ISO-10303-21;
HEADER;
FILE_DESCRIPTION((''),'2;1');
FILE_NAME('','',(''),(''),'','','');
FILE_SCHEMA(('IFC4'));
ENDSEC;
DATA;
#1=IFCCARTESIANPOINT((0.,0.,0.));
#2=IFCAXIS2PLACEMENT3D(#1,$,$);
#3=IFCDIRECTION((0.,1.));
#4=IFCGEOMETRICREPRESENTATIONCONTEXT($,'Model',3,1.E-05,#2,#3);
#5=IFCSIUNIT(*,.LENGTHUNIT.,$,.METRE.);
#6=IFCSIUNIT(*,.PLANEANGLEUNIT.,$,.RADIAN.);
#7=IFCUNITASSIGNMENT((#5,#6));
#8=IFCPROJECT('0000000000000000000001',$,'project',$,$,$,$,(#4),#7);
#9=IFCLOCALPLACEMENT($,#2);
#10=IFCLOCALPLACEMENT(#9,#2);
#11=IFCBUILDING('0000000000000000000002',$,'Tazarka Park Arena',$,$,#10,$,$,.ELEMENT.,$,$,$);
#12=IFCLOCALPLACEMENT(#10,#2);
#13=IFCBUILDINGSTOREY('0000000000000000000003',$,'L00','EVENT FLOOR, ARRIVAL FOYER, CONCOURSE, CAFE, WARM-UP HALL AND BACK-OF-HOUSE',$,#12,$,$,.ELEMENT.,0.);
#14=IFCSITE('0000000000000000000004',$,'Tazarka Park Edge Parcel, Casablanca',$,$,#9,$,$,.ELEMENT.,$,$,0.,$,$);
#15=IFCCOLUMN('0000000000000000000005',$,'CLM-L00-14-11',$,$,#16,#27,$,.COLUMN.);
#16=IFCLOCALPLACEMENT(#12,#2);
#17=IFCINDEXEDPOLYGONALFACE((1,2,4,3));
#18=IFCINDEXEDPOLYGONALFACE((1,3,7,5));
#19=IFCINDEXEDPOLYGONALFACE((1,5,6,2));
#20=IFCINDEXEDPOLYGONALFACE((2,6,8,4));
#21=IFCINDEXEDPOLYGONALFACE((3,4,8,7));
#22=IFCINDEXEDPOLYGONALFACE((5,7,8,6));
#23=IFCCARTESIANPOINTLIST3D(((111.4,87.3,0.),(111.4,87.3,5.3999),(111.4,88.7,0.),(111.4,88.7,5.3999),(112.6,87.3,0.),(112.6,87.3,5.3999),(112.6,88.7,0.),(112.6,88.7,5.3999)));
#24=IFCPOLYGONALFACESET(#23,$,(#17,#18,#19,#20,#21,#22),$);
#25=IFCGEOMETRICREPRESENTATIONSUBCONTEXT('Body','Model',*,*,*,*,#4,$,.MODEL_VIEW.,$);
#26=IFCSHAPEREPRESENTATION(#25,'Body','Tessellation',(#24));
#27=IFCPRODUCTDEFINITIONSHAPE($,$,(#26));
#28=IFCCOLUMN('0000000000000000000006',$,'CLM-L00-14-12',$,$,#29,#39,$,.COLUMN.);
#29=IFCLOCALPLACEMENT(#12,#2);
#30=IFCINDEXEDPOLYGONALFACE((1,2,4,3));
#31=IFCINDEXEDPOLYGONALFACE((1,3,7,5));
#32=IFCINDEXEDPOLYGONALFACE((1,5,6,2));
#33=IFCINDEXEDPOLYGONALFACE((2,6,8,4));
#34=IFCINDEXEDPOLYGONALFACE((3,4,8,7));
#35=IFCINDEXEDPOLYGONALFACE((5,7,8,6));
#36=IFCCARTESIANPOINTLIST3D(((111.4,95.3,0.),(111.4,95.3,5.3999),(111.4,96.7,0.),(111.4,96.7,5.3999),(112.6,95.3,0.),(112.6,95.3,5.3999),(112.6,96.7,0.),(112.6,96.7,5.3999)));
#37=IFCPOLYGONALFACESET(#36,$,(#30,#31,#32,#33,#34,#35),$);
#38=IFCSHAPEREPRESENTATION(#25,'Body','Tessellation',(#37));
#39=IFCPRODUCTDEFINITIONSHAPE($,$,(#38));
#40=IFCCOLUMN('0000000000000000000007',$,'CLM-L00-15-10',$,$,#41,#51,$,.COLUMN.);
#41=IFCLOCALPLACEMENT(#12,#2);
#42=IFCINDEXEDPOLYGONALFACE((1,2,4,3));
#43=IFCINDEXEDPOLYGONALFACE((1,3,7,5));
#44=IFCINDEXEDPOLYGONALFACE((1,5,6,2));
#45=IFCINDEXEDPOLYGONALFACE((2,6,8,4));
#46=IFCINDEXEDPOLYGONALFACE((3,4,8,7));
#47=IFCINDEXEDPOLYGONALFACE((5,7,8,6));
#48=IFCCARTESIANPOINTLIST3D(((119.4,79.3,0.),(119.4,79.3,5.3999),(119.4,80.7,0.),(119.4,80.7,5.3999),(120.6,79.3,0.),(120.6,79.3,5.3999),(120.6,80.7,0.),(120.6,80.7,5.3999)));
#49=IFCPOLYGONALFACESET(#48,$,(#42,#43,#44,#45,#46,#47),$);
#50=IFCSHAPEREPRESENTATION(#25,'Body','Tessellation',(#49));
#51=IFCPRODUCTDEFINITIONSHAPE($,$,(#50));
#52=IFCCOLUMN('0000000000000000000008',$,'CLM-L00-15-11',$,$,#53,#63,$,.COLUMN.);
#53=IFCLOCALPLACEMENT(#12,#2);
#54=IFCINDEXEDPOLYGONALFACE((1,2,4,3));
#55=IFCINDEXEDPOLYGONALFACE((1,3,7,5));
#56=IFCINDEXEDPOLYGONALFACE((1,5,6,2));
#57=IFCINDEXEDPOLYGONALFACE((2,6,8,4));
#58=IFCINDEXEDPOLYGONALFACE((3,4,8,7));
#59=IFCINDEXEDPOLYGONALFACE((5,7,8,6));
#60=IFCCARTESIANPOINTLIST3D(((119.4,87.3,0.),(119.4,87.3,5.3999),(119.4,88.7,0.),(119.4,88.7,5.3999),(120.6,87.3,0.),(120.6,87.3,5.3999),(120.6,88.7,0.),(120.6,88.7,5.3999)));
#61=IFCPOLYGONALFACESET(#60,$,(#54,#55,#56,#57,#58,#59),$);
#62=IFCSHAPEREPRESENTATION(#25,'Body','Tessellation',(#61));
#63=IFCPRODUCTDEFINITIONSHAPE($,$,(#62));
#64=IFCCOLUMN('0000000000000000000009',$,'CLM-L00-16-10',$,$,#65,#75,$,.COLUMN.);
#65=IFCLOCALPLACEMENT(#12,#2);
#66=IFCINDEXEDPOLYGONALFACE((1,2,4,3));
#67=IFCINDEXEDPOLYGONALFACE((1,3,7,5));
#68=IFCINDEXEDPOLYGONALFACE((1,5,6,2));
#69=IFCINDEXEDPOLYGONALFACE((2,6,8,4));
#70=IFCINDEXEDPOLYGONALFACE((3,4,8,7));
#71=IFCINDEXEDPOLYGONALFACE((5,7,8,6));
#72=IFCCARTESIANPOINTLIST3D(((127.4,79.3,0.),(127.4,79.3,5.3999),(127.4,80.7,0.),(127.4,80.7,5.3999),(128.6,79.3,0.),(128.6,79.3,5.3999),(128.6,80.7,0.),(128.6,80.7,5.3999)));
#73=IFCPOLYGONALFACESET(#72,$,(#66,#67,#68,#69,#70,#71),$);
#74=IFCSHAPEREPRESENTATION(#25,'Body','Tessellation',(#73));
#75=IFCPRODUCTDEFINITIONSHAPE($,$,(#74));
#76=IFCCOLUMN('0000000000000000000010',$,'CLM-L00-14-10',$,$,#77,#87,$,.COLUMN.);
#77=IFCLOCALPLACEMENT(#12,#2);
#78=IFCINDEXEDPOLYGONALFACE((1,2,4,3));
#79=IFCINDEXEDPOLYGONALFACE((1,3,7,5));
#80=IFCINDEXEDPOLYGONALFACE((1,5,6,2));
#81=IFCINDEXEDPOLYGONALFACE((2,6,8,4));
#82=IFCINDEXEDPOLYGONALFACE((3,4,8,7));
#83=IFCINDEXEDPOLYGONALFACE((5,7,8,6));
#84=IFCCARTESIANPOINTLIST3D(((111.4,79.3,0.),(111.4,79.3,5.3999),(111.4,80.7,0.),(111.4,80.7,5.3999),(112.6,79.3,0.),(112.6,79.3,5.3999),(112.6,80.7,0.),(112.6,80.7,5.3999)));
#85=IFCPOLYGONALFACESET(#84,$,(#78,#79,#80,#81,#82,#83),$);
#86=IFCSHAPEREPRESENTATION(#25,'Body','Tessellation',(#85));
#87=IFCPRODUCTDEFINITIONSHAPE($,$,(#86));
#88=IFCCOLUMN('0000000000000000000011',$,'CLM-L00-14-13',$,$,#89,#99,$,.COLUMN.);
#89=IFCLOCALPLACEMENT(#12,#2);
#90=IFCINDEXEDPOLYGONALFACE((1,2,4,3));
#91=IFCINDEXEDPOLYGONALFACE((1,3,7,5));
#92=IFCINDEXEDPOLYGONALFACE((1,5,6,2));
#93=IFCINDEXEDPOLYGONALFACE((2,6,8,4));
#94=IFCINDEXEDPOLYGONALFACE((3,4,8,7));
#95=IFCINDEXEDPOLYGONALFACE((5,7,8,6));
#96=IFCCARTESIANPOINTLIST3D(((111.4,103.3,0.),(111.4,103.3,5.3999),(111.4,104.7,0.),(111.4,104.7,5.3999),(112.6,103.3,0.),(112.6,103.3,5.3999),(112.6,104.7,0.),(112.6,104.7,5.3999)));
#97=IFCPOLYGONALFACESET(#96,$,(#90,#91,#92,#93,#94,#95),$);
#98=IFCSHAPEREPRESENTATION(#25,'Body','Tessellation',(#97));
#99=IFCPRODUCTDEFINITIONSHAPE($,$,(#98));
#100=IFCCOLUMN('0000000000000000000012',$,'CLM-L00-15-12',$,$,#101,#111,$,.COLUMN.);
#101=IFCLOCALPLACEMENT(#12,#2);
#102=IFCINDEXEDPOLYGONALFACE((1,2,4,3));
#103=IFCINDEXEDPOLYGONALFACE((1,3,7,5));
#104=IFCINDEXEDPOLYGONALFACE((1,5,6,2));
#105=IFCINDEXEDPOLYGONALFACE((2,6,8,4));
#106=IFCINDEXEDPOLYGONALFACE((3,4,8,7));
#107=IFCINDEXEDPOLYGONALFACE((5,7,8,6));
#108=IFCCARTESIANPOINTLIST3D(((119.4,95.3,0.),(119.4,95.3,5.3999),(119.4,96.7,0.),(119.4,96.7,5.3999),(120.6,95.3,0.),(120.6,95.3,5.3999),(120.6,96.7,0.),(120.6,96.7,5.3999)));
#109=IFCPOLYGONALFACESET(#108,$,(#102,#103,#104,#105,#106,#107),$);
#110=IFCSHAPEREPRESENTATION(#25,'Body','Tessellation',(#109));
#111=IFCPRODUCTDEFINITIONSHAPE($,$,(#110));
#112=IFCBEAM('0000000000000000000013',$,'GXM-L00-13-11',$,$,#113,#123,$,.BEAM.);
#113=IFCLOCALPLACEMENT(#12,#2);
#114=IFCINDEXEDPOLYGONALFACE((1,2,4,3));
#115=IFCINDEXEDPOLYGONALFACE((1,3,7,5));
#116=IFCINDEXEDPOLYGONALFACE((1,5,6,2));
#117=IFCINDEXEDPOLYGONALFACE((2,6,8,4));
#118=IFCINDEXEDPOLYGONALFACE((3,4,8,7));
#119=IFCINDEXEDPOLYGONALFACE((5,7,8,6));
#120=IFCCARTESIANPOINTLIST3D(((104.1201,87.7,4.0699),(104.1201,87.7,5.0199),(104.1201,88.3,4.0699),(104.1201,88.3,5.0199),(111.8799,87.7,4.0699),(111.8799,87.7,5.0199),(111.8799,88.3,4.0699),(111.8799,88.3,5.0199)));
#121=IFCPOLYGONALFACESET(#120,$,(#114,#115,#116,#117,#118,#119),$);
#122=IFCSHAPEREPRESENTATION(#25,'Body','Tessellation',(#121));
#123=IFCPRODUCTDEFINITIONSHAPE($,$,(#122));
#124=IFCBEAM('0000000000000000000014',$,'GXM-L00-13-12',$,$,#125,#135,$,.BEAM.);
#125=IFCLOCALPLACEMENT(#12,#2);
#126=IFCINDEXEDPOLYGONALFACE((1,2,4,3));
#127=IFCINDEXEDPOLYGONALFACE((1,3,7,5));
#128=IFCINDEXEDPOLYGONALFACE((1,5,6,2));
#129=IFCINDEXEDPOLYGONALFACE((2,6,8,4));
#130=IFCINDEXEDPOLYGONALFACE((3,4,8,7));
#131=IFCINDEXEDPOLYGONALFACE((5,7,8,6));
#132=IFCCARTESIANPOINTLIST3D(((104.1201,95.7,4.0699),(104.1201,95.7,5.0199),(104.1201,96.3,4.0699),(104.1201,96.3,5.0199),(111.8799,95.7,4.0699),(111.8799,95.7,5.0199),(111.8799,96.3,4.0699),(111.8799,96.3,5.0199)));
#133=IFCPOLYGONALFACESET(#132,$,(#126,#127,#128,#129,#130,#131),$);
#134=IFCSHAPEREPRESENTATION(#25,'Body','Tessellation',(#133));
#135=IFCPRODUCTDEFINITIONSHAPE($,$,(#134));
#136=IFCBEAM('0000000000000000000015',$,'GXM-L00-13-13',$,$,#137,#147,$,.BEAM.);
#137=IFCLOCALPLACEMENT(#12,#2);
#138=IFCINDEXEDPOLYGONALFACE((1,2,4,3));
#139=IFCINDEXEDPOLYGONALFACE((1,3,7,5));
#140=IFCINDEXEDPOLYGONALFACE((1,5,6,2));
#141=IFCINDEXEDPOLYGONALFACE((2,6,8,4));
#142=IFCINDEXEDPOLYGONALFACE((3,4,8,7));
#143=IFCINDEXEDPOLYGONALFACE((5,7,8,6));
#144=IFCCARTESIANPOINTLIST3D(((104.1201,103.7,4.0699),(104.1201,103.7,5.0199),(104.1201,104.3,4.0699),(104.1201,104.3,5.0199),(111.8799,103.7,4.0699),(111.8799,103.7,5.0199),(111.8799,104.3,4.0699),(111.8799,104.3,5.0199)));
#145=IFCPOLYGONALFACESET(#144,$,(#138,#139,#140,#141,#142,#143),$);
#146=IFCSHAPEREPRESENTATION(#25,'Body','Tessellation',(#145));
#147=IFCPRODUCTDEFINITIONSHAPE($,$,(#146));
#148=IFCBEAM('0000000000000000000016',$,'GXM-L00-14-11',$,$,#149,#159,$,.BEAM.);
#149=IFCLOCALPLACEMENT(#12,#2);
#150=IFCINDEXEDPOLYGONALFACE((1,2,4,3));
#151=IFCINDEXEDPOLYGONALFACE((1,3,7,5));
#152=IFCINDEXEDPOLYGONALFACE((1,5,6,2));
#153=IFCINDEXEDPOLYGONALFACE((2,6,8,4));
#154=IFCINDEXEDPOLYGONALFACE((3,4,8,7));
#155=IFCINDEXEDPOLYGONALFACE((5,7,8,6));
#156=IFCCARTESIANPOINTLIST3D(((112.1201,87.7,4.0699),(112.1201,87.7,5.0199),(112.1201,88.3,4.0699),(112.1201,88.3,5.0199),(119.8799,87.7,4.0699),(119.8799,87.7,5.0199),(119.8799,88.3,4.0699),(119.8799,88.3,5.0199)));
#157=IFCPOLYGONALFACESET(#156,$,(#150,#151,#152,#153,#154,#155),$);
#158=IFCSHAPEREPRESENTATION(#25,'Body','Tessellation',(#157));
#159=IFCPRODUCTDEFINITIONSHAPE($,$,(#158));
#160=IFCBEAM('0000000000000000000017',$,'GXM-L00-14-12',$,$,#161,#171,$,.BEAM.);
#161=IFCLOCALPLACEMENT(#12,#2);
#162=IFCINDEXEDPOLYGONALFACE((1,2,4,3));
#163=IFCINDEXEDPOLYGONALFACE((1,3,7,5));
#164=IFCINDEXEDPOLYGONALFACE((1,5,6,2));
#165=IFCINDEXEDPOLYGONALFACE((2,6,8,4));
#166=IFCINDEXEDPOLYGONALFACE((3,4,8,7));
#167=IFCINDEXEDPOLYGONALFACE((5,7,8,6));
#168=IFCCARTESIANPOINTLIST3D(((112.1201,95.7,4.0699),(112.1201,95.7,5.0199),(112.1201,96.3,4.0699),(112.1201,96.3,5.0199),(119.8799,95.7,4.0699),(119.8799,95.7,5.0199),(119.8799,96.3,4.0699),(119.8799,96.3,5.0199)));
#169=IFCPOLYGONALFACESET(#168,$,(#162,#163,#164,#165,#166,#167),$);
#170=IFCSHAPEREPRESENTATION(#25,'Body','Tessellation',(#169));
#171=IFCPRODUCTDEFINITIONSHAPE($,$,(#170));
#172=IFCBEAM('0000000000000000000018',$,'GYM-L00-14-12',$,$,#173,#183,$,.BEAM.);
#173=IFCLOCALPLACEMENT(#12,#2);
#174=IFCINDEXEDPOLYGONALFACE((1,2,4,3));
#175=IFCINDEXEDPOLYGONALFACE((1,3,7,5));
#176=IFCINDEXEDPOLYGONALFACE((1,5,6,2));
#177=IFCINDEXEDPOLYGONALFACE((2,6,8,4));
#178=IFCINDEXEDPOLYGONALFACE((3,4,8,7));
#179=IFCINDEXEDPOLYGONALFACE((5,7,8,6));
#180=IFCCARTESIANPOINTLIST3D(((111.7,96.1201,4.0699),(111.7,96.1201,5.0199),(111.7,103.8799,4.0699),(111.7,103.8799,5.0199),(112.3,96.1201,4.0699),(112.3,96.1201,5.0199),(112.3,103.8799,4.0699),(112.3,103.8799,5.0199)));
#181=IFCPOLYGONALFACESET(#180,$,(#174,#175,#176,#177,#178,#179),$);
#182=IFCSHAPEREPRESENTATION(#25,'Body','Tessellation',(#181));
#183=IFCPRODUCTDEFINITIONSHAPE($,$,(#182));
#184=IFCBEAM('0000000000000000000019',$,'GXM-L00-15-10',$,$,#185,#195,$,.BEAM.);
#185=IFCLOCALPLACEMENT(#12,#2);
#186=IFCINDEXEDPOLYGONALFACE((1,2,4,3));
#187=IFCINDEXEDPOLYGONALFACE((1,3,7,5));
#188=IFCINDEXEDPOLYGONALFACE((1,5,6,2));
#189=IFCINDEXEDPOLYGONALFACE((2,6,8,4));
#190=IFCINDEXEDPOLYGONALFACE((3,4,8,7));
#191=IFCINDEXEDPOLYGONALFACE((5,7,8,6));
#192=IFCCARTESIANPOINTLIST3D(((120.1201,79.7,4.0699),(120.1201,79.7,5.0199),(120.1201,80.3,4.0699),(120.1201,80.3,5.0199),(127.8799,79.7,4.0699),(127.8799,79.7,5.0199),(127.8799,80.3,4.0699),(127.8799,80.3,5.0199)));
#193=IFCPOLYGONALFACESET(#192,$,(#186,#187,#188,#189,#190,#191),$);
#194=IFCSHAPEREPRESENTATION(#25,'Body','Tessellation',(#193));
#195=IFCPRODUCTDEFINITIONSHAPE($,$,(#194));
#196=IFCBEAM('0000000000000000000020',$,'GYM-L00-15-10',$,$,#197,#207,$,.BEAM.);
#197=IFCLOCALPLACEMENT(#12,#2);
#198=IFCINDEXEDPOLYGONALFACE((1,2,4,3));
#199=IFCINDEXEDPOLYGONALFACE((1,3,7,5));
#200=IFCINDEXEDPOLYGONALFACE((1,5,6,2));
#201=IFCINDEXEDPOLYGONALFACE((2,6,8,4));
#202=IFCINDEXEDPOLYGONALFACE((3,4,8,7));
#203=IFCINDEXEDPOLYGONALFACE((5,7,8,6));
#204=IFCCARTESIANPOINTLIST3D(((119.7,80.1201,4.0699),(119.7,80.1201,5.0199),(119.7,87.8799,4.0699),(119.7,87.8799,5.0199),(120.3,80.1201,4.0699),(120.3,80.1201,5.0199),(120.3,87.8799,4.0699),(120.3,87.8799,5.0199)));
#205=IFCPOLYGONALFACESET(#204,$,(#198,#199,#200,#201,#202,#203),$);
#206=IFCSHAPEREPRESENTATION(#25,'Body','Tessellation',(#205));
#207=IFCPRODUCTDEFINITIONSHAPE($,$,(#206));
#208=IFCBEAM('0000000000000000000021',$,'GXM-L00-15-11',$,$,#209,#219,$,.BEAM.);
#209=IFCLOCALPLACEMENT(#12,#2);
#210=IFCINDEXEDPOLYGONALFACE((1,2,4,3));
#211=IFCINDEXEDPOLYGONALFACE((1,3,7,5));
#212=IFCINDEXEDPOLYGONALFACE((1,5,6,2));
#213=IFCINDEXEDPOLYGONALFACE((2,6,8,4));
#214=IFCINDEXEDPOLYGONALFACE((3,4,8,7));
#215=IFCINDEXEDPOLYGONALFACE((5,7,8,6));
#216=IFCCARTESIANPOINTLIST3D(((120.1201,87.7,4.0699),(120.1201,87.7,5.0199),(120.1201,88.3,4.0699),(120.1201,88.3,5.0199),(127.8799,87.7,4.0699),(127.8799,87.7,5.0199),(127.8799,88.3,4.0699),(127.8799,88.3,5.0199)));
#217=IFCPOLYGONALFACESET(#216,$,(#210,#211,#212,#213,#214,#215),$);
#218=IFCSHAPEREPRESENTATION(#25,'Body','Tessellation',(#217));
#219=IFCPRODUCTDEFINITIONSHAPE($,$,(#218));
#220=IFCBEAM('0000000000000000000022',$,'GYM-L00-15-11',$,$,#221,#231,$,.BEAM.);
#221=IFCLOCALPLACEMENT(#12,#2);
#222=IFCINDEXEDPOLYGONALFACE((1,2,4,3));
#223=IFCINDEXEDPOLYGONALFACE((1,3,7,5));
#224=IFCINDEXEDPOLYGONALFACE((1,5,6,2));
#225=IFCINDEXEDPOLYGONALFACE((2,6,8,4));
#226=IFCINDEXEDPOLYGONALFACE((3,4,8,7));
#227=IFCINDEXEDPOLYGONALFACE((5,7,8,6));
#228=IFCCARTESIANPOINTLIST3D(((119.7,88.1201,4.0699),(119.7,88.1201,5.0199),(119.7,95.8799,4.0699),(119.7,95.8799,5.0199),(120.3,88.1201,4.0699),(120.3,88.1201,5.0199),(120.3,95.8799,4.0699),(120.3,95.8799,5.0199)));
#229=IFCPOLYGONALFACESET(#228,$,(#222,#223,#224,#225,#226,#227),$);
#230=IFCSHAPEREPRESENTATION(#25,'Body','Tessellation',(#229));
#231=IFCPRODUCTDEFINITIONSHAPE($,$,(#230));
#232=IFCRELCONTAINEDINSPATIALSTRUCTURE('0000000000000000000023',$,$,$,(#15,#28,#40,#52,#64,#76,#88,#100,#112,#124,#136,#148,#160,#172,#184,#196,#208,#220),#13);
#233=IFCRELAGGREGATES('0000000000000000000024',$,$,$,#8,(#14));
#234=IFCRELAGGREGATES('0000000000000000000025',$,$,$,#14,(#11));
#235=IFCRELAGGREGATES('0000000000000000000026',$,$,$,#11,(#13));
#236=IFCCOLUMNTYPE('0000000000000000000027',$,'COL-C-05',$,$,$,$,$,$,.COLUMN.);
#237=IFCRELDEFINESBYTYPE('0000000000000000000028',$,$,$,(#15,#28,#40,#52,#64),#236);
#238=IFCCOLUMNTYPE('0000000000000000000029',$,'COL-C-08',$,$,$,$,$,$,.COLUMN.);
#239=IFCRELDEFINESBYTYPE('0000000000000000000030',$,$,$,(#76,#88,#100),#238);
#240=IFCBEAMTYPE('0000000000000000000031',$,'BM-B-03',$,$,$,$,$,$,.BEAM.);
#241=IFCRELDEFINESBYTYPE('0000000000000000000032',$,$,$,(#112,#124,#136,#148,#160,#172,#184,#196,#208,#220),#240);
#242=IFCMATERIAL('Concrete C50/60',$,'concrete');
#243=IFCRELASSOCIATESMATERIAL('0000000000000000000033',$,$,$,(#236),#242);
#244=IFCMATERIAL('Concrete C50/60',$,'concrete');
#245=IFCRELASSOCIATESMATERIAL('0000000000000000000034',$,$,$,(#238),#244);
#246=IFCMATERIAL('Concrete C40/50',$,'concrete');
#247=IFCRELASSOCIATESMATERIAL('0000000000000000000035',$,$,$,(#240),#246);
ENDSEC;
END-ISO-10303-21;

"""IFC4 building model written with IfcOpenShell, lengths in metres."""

from ifc_helpers import new_model, si_unit, direction, frame, origin, origin_2d, place, context, subcontext, project, spatial, rectangle, extrude, material, material_profile, profile_set, type_object, element, save


model = new_model("IFC4")

# Units and contexts
model_context = context("Model", 3, precision=1e-05, world=origin(), true_north=direction((0.0, 1.0)))
body_context = subcontext(model_context, "Body", "Model", "MODEL_VIEW")
ifc_project = project(units=[si_unit("LENGTHUNIT", "METRE"), si_unit("PLANEANGLEUNIT", "RADIAN")], contexts=[model_context])

# Site, building, storey
site_placement = place(None, origin())
site = spatial("IfcSite", under=ifc_project, at=site_placement, Name="Tazarka Park Edge Parcel, Casablanca", CompositionType="ELEMENT", RefElevation=0.0)
building_placement = place(site_placement, origin())
building = spatial("IfcBuilding", under=site, at=building_placement, Name="Tazarka Park Arena", CompositionType="ELEMENT")
storey_placement = place(building_placement, origin())
storey = spatial("IfcBuildingStorey", under=building, at=storey_placement, Name="L00", Description="EVENT FLOOR, ARRIVAL FOYER, CONCOURSE, CAFE, WARM-UP HALL AND BACK-OF-HOUSE", CompositionType="ELEMENT", Elevation=0.0)

# Columns
ifc_material_1 = material(Name="Concrete C50/60", Category="concrete")
ifc_material_profile_1 = material_profile(ifc_material_1, rectangle(XDim=1.2, YDim=1.3999, at=origin_2d()), Name="Concrete C50/60")
ifc_profile_set_1 = profile_set([ifc_material_profile_1], Name="Concrete C50/60")
column_type_1 = type_object("IfcColumnType", Name="COL-C-05", PredefinedType="COLUMN", material=ifc_profile_set_1)
for number, where, z_axis, x_axis, name in (
    (1, (112.0, 88.0, 0.0), (0.0, 0.0, 1.0), (1.0, 0.0, 0.0), "CLM-L00-14-11"),
    (2, (112.0, 96.0, 0.0), (0.0, 0.0, 1.0), (1.0, 0.0, 0.0), "CLM-L00-14-12"),
    (3, (120.0, 80.0, 0.0), (0.0, 0.0, 1.0), (1.0, 0.0, 0.0), "CLM-L00-15-10"),
    (4, (120.0, 88.0, 0.0), (0.0, 0.0, 1.0), (1.0, 0.0, 0.0), "CLM-L00-15-11"),
    (5, (128.0, 80.0, 0.0), (0.0, 0.0, 1.0), (1.0, 0.0, 0.0), "CLM-L00-16-10"),
):
    element("IfcColumn", number, at=place(storey_placement, frame(where, z_axis=z_axis, x_axis=x_axis)), inside=storey, type_object=column_type_1, Name=name, PredefinedType="COLUMN", context=body_context, shape_type="SweptSolid", body=[
        extrude(rectangle(XDim=1.2, YDim=1.3999, at=origin_2d()), origin(), (0.0, 0.0, 1.0), 5.3999),
    ])
ifc_material_2 = material(Name="Concrete C50/60", Category="concrete")
ifc_material_profile_2 = material_profile(ifc_material_2, rectangle(XDim=1.2, YDim=1.3999, at=origin_2d()), Name="Concrete C50/60")
ifc_profile_set_2 = profile_set([ifc_material_profile_2], Name="Concrete C50/60")
column_type_2 = type_object("IfcColumnType", Name="COL-C-08", PredefinedType="COLUMN", material=ifc_profile_set_2)
for number, where, z_axis, x_axis, name in (
    (6, (112.0, 80.0, 0.0), (0.0, 0.0, 1.0), (1.0, 0.0, 0.0), "CLM-L00-14-10"),
    (7, (112.0, 104.0, 0.0), (0.0, 0.0, 1.0), (1.0, 0.0, 0.0), "CLM-L00-14-13"),
    (8, (120.0, 96.0, 0.0), (0.0, 0.0, 1.0), (1.0, 0.0, 0.0), "CLM-L00-15-12"),
):
    element("IfcColumn", number, at=place(storey_placement, frame(where, z_axis=z_axis, x_axis=x_axis)), inside=storey, type_object=column_type_2, Name=name, PredefinedType="COLUMN", context=body_context, shape_type="SweptSolid", body=[
        extrude(rectangle(XDim=1.2, YDim=1.3999, at=origin_2d()), origin(), (0.0, 0.0, 1.0), 5.3999),
    ])

# Beams
ifc_material_3 = material(Name="Concrete C40/50", Category="concrete")
ifc_material_profile_3 = material_profile(ifc_material_3, rectangle(XDim=0.6001, YDim=0.95, at=origin_2d()), Name="Concrete C40/50")
ifc_profile_set_3 = profile_set([ifc_material_profile_3], Name="Concrete C40/50")
beam_type_1 = type_object("IfcBeamType", Name="BM-B-03", PredefinedType="BEAM", material=ifc_profile_set_3)
for number, where, z_axis, x_axis, name in (
    (9, (104.1201, 88.0, 4.5449), (1.0, 0.0, 0.0), (0.0, 1.0, 0.0), "GXM-L00-13-11"),
    (10, (104.1201, 96.0, 4.5449), (1.0, 0.0, 0.0), (0.0, 1.0, 0.0), "GXM-L00-13-12"),
    (11, (104.1201, 104.0, 4.5449), (1.0, 0.0, 0.0), (0.0, 1.0, 0.0), "GXM-L00-13-13"),
    (12, (112.1201, 88.0, 4.5449), (1.0, 0.0, 0.0), (0.0, 1.0, 0.0), "GXM-L00-14-11"),
    (13, (112.1201, 96.0, 4.5449), (1.0, 0.0, 0.0), (0.0, 1.0, 0.0), "GXM-L00-14-12"),
    (14, (112.0, 96.1201, 4.5449), (0.0, 1.0, 0.0), (-1.0, 0.0, 0.0), "GYM-L00-14-12"),
    (15, (120.1201, 80.0, 4.5449), (1.0, 0.0, 0.0), (0.0, 1.0, 0.0), "GXM-L00-15-10"),
    (16, (120.0, 80.1201, 4.5449), (0.0, 1.0, 0.0), (-1.0, 0.0, 0.0), "GYM-L00-15-10"),
    (17, (120.1201, 88.0, 4.5449), (1.0, 0.0, 0.0), (0.0, 1.0, 0.0), "GXM-L00-15-11"),
    (18, (120.0, 88.1201, 4.5449), (0.0, 1.0, 0.0), (-1.0, 0.0, 0.0), "GYM-L00-15-11"),
):
    element("IfcBeam", number, at=place(storey_placement, frame(where, z_axis=z_axis, x_axis=x_axis)), inside=storey, type_object=beam_type_1, Name=name, PredefinedType="BEAM", context=body_context, shape_type="SweptSolid", body=[
        extrude(rectangle(XDim=0.6001, YDim=0.95, at=origin_2d()), origin(), (0.0, 0.0, 1.0), 7.7598),
    ])

save(model, "model.ifc")
